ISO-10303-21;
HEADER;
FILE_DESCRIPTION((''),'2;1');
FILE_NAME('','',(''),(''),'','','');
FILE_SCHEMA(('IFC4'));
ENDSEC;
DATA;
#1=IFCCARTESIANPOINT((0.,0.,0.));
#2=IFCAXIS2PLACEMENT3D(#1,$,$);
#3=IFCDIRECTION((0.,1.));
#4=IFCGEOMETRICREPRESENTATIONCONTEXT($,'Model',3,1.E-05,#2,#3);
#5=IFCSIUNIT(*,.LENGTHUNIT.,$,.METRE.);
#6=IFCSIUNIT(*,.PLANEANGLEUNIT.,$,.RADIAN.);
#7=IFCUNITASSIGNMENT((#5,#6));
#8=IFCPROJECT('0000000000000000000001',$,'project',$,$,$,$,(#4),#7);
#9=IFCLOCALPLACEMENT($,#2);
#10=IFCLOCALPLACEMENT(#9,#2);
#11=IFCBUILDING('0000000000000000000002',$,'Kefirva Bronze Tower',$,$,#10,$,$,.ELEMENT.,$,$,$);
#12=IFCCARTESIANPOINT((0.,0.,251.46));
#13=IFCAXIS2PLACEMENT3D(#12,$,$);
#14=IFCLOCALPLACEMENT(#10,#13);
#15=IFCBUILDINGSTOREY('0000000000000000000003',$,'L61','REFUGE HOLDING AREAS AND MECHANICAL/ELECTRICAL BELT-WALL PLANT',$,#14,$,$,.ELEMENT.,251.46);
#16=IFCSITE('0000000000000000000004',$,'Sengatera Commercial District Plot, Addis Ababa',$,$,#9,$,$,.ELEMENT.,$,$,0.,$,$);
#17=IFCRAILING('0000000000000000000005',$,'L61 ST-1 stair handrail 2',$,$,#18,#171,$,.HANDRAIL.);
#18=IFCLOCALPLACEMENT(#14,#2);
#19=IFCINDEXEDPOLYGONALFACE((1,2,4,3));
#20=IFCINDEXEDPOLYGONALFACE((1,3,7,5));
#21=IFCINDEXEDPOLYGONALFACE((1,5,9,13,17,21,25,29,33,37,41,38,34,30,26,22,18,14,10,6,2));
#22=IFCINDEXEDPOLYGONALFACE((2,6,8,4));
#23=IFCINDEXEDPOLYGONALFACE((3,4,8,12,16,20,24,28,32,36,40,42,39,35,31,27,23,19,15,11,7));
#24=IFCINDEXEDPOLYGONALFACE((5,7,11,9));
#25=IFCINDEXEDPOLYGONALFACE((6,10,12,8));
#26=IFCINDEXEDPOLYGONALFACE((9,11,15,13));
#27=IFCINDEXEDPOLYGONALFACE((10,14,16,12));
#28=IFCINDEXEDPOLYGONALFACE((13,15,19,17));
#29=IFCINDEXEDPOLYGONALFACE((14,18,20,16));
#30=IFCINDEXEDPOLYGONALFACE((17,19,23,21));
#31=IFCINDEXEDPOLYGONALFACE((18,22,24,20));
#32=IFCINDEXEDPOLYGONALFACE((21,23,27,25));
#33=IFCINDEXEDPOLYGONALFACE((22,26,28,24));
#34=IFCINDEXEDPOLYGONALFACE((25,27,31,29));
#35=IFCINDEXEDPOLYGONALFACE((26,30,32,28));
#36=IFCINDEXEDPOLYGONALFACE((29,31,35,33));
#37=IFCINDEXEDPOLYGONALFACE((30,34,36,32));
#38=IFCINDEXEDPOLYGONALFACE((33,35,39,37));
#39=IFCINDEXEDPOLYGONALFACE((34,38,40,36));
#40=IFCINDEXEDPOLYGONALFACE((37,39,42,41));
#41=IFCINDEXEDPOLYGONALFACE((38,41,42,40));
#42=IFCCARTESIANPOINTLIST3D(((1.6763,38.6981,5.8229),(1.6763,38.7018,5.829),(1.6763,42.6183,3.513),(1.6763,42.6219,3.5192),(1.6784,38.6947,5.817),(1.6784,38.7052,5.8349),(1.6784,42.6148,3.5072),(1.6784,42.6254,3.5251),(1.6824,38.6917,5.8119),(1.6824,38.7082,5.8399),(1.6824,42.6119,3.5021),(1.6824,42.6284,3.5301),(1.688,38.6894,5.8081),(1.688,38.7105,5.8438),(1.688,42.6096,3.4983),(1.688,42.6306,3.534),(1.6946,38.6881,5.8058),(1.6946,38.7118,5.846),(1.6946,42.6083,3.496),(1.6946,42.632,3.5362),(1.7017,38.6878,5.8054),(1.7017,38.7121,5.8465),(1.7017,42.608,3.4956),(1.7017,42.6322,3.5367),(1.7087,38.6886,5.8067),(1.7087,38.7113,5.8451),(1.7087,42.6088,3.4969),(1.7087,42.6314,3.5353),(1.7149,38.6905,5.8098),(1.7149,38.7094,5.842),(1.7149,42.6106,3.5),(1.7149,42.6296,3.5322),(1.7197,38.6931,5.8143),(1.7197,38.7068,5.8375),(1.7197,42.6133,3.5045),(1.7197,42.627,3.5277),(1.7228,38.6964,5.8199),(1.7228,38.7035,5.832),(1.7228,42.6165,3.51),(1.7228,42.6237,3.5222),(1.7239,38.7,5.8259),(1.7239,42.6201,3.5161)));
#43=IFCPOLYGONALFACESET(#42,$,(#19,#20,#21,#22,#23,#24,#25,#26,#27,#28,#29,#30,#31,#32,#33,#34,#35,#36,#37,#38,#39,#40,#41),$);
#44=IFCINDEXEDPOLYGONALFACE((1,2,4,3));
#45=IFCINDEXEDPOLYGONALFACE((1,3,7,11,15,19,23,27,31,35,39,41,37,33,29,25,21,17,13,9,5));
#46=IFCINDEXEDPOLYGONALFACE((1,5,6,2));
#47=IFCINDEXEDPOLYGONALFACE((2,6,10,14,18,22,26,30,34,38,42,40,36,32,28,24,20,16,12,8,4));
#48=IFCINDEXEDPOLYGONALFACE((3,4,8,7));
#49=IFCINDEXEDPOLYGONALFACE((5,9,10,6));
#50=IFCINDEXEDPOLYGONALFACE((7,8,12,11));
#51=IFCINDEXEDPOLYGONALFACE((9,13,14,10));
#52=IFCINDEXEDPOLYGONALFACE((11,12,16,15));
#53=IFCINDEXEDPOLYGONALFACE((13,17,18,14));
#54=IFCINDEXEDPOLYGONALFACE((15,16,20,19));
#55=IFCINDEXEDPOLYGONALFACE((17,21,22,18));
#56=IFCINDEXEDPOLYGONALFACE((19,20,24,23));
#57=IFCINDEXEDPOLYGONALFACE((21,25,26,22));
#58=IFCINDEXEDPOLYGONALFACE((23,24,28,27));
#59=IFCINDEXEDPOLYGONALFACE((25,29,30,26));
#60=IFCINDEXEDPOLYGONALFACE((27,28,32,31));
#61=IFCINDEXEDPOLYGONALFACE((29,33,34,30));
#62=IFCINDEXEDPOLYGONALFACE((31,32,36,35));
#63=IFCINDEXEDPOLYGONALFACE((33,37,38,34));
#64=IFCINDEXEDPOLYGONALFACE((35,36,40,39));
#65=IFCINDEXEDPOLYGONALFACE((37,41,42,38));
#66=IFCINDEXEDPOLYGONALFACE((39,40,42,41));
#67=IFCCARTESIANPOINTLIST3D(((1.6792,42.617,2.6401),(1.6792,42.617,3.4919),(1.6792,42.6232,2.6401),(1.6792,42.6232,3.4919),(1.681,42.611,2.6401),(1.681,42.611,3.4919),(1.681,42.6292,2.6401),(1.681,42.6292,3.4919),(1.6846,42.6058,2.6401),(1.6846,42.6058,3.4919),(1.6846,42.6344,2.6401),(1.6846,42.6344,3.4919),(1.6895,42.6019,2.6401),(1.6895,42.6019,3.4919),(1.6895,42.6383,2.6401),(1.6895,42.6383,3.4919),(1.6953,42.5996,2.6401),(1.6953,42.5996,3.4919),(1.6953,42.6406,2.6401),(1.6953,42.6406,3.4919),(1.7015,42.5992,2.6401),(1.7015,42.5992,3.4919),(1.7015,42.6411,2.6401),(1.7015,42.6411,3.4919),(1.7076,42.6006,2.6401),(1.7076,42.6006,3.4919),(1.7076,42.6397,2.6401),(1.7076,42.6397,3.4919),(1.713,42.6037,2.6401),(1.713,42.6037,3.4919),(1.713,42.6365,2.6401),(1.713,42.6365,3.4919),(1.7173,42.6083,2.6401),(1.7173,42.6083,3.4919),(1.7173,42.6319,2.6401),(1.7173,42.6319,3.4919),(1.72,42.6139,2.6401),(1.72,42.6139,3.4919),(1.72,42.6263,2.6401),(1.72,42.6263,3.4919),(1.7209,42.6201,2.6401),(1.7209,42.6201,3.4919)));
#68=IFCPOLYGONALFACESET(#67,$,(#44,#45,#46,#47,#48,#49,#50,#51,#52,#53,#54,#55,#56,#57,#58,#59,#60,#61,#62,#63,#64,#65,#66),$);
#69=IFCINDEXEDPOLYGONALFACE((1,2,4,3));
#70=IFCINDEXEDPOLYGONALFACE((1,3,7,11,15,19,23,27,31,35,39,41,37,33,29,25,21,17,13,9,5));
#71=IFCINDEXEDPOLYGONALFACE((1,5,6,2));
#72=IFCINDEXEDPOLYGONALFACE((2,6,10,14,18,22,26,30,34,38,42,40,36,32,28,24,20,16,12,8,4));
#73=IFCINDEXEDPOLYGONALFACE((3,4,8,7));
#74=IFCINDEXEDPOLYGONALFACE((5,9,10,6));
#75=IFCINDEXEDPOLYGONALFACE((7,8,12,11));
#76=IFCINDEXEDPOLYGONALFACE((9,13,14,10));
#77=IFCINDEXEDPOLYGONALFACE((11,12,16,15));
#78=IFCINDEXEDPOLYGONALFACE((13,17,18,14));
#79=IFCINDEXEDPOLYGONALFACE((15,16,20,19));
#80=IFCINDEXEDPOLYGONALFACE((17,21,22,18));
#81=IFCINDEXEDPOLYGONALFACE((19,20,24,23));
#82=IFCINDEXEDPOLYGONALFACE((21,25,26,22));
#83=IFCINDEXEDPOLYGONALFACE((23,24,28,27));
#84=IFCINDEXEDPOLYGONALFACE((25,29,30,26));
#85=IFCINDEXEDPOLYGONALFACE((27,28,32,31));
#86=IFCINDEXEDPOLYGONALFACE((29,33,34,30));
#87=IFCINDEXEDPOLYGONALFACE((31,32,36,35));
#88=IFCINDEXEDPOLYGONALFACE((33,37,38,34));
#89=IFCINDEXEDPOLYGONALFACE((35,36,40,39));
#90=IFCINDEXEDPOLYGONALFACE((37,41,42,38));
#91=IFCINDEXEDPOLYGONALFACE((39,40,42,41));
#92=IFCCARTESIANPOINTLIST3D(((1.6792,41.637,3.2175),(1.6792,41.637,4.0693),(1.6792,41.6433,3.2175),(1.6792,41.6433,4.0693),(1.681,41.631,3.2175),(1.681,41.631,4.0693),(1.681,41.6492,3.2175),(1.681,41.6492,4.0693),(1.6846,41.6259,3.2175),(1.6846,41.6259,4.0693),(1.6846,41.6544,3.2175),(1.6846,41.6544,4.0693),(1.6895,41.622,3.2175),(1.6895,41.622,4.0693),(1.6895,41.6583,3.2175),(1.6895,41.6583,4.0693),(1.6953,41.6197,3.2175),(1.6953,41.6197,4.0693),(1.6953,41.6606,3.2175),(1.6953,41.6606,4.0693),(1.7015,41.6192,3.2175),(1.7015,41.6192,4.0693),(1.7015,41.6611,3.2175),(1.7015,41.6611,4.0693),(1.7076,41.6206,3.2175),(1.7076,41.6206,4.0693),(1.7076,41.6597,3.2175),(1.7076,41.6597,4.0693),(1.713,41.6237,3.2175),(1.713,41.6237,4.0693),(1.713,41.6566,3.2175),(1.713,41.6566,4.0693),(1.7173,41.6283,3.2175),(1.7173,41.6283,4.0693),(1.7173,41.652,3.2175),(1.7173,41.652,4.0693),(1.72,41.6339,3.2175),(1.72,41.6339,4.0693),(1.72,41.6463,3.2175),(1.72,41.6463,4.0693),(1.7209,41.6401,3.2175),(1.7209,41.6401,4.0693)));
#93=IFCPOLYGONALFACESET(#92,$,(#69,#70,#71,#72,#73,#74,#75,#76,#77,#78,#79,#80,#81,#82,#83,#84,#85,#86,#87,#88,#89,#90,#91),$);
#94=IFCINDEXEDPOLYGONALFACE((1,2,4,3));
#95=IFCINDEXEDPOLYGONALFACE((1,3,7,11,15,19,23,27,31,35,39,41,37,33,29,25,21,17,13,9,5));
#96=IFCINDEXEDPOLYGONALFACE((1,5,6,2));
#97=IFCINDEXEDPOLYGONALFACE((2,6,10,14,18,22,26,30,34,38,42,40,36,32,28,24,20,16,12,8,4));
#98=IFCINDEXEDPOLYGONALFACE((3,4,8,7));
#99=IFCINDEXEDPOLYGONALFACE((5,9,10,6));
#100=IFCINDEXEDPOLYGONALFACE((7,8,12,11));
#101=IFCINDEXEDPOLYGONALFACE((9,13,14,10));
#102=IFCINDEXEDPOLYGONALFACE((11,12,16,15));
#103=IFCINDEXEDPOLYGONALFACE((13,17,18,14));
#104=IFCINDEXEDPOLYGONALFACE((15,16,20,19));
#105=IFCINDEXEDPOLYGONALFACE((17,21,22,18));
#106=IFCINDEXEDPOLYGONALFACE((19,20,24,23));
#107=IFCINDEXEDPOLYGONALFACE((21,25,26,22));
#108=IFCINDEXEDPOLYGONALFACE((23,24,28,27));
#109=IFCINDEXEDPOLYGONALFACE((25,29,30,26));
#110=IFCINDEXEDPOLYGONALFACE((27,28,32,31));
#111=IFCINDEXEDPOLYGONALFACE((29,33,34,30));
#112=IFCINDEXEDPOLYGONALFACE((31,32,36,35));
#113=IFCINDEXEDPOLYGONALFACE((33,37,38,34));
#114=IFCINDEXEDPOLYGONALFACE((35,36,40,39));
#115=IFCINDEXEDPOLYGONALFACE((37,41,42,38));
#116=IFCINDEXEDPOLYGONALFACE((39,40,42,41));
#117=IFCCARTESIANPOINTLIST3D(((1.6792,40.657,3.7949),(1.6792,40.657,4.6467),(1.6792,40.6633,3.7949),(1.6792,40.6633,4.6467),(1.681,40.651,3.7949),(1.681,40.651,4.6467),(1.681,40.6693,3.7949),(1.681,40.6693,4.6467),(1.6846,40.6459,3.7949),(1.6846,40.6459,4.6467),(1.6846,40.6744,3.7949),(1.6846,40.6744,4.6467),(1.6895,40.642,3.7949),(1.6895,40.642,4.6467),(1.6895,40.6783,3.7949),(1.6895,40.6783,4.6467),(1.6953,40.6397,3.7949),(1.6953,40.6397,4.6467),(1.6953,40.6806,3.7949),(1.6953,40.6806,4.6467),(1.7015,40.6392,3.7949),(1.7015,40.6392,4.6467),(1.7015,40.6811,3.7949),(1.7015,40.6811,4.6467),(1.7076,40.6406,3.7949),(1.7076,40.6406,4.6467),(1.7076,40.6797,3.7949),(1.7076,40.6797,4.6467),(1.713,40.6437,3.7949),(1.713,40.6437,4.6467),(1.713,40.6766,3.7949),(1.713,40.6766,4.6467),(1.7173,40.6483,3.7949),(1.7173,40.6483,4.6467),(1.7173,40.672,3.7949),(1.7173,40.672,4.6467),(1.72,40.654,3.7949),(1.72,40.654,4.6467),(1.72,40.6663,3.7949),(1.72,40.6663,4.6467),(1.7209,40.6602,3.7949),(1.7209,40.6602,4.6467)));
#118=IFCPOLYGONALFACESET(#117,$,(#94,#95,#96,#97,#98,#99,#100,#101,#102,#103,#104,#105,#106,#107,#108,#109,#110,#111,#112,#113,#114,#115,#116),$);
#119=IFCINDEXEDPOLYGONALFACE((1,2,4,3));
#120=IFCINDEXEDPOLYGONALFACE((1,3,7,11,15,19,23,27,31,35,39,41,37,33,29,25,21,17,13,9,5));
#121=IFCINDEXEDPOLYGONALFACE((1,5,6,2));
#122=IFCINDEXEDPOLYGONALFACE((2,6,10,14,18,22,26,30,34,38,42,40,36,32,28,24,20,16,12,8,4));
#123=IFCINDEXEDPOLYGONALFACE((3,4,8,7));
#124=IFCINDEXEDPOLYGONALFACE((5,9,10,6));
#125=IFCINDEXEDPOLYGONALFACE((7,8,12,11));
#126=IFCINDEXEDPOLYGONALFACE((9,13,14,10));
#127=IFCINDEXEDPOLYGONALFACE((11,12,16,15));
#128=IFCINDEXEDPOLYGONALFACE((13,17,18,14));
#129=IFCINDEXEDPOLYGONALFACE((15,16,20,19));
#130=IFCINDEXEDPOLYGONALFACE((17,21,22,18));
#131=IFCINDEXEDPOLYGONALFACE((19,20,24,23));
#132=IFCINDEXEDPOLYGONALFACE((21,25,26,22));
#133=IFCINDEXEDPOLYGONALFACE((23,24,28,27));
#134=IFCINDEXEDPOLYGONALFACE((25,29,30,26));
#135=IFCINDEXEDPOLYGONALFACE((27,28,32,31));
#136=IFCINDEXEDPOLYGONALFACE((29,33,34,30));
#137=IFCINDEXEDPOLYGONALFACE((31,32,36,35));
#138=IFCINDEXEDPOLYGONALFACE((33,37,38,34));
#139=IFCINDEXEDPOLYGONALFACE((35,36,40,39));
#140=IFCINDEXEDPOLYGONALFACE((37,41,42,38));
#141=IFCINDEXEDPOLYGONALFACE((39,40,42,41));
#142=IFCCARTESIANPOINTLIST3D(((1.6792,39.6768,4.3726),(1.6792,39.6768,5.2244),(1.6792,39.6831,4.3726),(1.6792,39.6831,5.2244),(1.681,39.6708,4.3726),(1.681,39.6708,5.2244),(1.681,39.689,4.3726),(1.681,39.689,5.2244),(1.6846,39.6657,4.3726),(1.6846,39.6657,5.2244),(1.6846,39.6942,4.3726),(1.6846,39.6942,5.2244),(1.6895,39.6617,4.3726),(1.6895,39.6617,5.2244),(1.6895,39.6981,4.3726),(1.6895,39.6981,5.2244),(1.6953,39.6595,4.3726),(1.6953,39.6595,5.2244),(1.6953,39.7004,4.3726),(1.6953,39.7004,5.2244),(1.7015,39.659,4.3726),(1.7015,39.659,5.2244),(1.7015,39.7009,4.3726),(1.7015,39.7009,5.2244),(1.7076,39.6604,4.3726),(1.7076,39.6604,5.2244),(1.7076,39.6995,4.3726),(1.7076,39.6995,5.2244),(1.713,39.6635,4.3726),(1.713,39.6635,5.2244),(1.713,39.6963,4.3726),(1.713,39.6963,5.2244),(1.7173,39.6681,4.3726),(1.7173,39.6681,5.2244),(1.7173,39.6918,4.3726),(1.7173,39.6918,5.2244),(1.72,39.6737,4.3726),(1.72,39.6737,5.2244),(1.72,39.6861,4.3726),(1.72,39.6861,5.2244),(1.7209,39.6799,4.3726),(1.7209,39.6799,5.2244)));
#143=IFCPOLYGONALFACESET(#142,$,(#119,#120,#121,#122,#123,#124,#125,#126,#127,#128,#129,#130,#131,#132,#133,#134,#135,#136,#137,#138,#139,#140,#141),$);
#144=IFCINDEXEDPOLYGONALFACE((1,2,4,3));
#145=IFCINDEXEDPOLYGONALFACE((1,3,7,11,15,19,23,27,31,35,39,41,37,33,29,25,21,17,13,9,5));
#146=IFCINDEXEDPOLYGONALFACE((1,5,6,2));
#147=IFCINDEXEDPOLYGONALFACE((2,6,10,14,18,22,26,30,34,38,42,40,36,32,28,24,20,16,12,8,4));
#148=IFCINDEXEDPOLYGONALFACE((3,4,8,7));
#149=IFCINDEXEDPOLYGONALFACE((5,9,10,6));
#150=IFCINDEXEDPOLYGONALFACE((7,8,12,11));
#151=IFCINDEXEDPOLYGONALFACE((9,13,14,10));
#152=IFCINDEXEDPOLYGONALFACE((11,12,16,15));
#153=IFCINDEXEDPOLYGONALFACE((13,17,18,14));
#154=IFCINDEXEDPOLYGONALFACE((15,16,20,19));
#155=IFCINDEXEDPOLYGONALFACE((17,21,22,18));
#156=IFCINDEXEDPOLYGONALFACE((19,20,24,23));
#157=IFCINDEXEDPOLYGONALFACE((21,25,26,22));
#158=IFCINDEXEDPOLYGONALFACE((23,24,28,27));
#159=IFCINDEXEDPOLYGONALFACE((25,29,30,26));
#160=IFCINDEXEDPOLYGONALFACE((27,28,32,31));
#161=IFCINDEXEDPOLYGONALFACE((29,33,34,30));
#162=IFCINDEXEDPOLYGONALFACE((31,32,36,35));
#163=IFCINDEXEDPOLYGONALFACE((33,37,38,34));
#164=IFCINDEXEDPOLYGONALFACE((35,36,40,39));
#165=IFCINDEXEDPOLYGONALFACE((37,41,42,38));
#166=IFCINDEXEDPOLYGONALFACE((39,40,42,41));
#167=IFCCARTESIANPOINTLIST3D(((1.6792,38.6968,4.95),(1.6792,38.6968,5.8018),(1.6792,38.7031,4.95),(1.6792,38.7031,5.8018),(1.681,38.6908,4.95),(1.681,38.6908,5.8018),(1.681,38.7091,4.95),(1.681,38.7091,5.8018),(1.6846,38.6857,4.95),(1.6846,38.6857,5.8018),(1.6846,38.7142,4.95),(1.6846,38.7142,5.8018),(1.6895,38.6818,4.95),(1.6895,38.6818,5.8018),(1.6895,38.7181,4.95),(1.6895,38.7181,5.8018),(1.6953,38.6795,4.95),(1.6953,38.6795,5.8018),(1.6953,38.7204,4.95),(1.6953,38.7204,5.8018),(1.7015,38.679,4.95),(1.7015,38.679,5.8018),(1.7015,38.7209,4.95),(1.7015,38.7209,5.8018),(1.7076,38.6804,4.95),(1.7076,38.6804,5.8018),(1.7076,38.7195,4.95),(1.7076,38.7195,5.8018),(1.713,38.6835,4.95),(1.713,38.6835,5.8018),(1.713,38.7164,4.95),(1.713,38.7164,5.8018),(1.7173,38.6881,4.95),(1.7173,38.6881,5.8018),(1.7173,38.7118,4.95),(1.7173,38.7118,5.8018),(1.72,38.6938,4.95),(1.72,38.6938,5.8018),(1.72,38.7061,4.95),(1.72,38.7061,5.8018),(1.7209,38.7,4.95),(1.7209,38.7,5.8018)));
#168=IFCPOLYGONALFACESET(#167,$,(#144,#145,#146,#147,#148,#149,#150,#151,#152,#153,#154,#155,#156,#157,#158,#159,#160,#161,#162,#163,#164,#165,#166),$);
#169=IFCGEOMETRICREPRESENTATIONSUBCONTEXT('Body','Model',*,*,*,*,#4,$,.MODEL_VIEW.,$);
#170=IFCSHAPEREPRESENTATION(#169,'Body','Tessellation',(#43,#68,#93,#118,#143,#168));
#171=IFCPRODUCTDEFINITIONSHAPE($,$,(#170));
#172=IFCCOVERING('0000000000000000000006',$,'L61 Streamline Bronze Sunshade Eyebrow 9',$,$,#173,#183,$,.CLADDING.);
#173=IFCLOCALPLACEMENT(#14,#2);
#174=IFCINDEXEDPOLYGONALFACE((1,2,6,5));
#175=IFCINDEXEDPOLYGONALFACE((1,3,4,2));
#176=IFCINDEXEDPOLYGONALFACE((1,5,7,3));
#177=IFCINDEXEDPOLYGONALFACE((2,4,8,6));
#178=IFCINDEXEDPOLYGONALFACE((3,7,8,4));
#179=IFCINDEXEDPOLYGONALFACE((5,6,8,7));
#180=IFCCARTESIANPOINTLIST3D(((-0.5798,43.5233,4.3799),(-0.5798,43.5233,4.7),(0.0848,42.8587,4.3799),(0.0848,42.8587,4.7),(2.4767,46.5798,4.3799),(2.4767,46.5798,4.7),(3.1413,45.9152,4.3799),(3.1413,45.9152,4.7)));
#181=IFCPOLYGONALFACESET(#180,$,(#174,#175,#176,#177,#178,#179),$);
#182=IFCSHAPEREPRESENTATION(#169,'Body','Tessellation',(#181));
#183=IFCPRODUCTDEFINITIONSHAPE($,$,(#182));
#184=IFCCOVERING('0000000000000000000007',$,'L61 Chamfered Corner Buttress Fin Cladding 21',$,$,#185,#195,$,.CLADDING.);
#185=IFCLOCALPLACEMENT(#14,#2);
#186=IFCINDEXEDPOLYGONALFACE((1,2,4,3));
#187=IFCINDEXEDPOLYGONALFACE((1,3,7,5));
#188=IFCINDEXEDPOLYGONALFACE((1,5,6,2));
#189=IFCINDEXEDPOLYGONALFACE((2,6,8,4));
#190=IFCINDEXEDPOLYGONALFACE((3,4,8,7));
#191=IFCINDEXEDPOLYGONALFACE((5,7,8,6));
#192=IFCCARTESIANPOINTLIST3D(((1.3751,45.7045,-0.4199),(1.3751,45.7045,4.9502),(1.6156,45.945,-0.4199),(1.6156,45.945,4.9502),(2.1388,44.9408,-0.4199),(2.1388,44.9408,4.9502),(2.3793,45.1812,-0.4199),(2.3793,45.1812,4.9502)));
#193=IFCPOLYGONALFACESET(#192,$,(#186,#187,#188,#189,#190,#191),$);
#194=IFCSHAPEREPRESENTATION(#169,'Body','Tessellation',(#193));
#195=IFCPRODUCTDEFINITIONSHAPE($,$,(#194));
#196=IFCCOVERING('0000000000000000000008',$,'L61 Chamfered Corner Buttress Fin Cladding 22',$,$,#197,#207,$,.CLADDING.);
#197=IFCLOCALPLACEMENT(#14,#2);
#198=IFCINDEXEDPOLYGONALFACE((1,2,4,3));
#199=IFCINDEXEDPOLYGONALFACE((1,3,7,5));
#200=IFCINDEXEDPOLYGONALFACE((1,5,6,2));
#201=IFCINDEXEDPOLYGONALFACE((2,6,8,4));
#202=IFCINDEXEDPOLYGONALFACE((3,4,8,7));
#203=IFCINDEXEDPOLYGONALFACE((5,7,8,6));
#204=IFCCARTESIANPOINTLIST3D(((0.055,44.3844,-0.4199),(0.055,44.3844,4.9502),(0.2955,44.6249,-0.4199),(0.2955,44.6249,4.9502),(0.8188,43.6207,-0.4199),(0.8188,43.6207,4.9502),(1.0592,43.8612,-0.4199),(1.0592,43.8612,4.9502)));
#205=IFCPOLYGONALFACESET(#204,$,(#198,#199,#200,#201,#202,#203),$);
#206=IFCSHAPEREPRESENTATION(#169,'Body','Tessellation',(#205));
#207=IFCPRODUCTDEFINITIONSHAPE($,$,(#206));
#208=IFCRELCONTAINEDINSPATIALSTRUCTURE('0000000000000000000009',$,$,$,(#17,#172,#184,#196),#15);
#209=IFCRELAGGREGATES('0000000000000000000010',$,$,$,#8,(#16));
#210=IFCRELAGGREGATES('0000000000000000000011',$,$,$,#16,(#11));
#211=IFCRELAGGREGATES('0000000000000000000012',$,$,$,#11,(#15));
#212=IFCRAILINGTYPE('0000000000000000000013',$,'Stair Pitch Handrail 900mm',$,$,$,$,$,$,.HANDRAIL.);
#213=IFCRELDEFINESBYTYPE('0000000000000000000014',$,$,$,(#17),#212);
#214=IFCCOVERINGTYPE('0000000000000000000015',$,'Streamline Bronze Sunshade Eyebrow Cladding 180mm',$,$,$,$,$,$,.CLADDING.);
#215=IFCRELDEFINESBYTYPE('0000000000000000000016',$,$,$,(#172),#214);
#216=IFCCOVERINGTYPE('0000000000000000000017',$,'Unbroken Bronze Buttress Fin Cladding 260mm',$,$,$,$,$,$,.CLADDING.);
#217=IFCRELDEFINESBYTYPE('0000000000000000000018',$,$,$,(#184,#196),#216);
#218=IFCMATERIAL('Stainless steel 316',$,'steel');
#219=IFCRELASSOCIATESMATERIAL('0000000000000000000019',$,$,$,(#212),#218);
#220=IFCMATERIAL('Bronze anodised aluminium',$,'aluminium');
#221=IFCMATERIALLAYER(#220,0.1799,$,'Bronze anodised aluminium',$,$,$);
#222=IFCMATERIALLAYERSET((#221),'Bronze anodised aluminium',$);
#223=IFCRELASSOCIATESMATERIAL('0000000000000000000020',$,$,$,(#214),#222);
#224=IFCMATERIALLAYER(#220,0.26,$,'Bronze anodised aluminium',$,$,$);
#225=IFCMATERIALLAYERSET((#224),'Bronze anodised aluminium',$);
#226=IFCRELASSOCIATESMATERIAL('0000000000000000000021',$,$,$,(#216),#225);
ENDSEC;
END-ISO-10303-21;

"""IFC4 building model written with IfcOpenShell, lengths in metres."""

from ifc_helpers import new_model, si_unit, direction, frame, origin, origin_2d, place, context, subcontext, project, spatial, rectangle, circle, extrude, material, layer, layer_set, type_object, element, save


model = new_model("IFC4")

# Units and contexts
model_context = context("Model", 3, precision=1e-05, world=origin(), true_north=direction((0.0, 1.0)))
body_context = subcontext(model_context, "Body", "Model", "MODEL_VIEW")
ifc_project = project(units=[si_unit("LENGTHUNIT", "METRE"), si_unit("PLANEANGLEUNIT", "RADIAN")], contexts=[model_context])

# Site, building, storey
site_placement = place(None, origin())
site = spatial("IfcSite", under=ifc_project, at=site_placement, Name="Sengatera Commercial District Plot, Addis Ababa", CompositionType="ELEMENT", RefElevation=0.0)
building_placement = place(site_placement, origin())
building = spatial("IfcBuilding", under=site, at=building_placement, Name="Kefirva Bronze Tower", CompositionType="ELEMENT")
storey_placement = place(building_placement, frame((0.0, 0.0, 251.46)))
storey = spatial("IfcBuildingStorey", under=building, at=storey_placement, Name="L61", Description="REFUGE HOLDING AREAS AND MECHANICAL/ELECTRICAL BELT-WALL PLANT", CompositionType="ELEMENT", Elevation=251.46)

# Shared definitions
ifc_material_1 = material(Name="Stainless steel 316", Category="steel")

# Shared definitions
ifc_material_2 = material(Name="Bronze anodised aluminium", Category="aluminium")

# Railing
railing_type_1 = type_object("IfcRailingType", Name="Stair Pitch Handrail 900mm", PredefinedType="HANDRAIL", material=ifc_material_1)
railing_1_placement = place(storey_placement, frame((1.7, 42.6201, 2.6401)))
element("IfcRailing", 1, at=railing_1_placement, inside=storey, type_object=railing_type_1, Name="L61 ST-1 stair handrail 2", PredefinedType="HANDRAIL", context=body_context, shape_type="SweptSolid", body=[
    extrude(circle(Radius=0.0239, at=origin_2d()), frame((0.0, 0.0, 0.876), z_axis=(0.0, -0.861566, 0.507646), x_axis=(1.0, 0.0, 0.0)), (0.0, 0.0, 1.0), 4.55),
    extrude(circle(Radius=0.021, at=origin_2d()), origin(), (0.0, 0.0, 1.0), 0.8518),
    extrude(circle(Radius=0.021, at=origin_2d()), frame((0.0, -0.98, 0.5774)), (0.0, 0.0, 1.0), 0.8518),
    extrude(circle(Radius=0.021, at=origin_2d()), frame((0.0, -1.96, 1.1548)), (0.0, 0.0, 1.0), 0.8518),
    extrude(circle(Radius=0.021, at=origin_2d()), frame((0.0, -2.9402, 1.7324)), (0.0, 0.0, 1.0), 0.8518),
    extrude(circle(Radius=0.021, at=origin_2d()), frame((0.0, -3.9202, 2.3098)), (0.0, 0.0, 1.0), 0.8518),
])

# Coverings
ifc_layer_1 = layer(ifc_material_2, 0.1799, Name="Bronze anodised aluminium")
ifc_layer_set_1 = layer_set([ifc_layer_1], Name="Bronze anodised aluminium")
covering_type_1 = type_object("IfcCoveringType", Name="Streamline Bronze Sunshade Eyebrow Cladding 180mm", PredefinedType="CLADDING", material=ifc_layer_set_1)
covering_1_placement = place(storey_placement, frame((1.2808, 44.7192, 4.3799), z_axis=(0.0, 0.0, 1.0), x_axis=(-0.707107, -0.707107, 0.0)))
element("IfcCovering", 2, at=covering_1_placement, inside=storey, type_object=covering_type_1, Name="L61 Streamline Bronze Sunshade Eyebrow 9", PredefinedType="CLADDING", context=body_context, shape_type="SweptSolid", body=[
    extrude(rectangle(XDim=4.3225, YDim=0.9399, at=origin_2d()), origin(), (0.0, 0.0, 1.0), 0.3201),
])
ifc_layer_2 = layer(ifc_material_2, 0.26, Name="Bronze anodised aluminium")
ifc_layer_set_2 = layer_set([ifc_layer_2], Name="Bronze anodised aluminium")
covering_type_2 = type_object("IfcCoveringType", Name="Unbroken Bronze Buttress Fin Cladding 260mm", PredefinedType="CLADDING", material=ifc_layer_set_2)
for number, where, z_axis, x_axis, name in (
    (3, (1.8772, 45.4429, -0.4199), (0.0, 0.0, 1.0), (-0.707107, -0.707107, 0.0), "L61 Chamfered Corner Buttress Fin Cladding 21"),
    (4, (0.5571, 44.1228, -0.4199), (0.0, 0.0, 1.0), (-0.707107, -0.707107, 0.0), "L61 Chamfered Corner Buttress Fin Cladding 22"),
):
    element("IfcCovering", number, at=place(storey_placement, frame(where, z_axis=z_axis, x_axis=x_axis)), inside=storey, type_object=covering_type_2, Name=name, PredefinedType="CLADDING", context=body_context, shape_type="SweptSolid", body=[
        extrude(rectangle(XDim=0.3401, YDim=1.0801, at=origin_2d()), origin(), (0.0, 0.0, 1.0), 5.3701),
    ])

save(model, "model.ifc")
